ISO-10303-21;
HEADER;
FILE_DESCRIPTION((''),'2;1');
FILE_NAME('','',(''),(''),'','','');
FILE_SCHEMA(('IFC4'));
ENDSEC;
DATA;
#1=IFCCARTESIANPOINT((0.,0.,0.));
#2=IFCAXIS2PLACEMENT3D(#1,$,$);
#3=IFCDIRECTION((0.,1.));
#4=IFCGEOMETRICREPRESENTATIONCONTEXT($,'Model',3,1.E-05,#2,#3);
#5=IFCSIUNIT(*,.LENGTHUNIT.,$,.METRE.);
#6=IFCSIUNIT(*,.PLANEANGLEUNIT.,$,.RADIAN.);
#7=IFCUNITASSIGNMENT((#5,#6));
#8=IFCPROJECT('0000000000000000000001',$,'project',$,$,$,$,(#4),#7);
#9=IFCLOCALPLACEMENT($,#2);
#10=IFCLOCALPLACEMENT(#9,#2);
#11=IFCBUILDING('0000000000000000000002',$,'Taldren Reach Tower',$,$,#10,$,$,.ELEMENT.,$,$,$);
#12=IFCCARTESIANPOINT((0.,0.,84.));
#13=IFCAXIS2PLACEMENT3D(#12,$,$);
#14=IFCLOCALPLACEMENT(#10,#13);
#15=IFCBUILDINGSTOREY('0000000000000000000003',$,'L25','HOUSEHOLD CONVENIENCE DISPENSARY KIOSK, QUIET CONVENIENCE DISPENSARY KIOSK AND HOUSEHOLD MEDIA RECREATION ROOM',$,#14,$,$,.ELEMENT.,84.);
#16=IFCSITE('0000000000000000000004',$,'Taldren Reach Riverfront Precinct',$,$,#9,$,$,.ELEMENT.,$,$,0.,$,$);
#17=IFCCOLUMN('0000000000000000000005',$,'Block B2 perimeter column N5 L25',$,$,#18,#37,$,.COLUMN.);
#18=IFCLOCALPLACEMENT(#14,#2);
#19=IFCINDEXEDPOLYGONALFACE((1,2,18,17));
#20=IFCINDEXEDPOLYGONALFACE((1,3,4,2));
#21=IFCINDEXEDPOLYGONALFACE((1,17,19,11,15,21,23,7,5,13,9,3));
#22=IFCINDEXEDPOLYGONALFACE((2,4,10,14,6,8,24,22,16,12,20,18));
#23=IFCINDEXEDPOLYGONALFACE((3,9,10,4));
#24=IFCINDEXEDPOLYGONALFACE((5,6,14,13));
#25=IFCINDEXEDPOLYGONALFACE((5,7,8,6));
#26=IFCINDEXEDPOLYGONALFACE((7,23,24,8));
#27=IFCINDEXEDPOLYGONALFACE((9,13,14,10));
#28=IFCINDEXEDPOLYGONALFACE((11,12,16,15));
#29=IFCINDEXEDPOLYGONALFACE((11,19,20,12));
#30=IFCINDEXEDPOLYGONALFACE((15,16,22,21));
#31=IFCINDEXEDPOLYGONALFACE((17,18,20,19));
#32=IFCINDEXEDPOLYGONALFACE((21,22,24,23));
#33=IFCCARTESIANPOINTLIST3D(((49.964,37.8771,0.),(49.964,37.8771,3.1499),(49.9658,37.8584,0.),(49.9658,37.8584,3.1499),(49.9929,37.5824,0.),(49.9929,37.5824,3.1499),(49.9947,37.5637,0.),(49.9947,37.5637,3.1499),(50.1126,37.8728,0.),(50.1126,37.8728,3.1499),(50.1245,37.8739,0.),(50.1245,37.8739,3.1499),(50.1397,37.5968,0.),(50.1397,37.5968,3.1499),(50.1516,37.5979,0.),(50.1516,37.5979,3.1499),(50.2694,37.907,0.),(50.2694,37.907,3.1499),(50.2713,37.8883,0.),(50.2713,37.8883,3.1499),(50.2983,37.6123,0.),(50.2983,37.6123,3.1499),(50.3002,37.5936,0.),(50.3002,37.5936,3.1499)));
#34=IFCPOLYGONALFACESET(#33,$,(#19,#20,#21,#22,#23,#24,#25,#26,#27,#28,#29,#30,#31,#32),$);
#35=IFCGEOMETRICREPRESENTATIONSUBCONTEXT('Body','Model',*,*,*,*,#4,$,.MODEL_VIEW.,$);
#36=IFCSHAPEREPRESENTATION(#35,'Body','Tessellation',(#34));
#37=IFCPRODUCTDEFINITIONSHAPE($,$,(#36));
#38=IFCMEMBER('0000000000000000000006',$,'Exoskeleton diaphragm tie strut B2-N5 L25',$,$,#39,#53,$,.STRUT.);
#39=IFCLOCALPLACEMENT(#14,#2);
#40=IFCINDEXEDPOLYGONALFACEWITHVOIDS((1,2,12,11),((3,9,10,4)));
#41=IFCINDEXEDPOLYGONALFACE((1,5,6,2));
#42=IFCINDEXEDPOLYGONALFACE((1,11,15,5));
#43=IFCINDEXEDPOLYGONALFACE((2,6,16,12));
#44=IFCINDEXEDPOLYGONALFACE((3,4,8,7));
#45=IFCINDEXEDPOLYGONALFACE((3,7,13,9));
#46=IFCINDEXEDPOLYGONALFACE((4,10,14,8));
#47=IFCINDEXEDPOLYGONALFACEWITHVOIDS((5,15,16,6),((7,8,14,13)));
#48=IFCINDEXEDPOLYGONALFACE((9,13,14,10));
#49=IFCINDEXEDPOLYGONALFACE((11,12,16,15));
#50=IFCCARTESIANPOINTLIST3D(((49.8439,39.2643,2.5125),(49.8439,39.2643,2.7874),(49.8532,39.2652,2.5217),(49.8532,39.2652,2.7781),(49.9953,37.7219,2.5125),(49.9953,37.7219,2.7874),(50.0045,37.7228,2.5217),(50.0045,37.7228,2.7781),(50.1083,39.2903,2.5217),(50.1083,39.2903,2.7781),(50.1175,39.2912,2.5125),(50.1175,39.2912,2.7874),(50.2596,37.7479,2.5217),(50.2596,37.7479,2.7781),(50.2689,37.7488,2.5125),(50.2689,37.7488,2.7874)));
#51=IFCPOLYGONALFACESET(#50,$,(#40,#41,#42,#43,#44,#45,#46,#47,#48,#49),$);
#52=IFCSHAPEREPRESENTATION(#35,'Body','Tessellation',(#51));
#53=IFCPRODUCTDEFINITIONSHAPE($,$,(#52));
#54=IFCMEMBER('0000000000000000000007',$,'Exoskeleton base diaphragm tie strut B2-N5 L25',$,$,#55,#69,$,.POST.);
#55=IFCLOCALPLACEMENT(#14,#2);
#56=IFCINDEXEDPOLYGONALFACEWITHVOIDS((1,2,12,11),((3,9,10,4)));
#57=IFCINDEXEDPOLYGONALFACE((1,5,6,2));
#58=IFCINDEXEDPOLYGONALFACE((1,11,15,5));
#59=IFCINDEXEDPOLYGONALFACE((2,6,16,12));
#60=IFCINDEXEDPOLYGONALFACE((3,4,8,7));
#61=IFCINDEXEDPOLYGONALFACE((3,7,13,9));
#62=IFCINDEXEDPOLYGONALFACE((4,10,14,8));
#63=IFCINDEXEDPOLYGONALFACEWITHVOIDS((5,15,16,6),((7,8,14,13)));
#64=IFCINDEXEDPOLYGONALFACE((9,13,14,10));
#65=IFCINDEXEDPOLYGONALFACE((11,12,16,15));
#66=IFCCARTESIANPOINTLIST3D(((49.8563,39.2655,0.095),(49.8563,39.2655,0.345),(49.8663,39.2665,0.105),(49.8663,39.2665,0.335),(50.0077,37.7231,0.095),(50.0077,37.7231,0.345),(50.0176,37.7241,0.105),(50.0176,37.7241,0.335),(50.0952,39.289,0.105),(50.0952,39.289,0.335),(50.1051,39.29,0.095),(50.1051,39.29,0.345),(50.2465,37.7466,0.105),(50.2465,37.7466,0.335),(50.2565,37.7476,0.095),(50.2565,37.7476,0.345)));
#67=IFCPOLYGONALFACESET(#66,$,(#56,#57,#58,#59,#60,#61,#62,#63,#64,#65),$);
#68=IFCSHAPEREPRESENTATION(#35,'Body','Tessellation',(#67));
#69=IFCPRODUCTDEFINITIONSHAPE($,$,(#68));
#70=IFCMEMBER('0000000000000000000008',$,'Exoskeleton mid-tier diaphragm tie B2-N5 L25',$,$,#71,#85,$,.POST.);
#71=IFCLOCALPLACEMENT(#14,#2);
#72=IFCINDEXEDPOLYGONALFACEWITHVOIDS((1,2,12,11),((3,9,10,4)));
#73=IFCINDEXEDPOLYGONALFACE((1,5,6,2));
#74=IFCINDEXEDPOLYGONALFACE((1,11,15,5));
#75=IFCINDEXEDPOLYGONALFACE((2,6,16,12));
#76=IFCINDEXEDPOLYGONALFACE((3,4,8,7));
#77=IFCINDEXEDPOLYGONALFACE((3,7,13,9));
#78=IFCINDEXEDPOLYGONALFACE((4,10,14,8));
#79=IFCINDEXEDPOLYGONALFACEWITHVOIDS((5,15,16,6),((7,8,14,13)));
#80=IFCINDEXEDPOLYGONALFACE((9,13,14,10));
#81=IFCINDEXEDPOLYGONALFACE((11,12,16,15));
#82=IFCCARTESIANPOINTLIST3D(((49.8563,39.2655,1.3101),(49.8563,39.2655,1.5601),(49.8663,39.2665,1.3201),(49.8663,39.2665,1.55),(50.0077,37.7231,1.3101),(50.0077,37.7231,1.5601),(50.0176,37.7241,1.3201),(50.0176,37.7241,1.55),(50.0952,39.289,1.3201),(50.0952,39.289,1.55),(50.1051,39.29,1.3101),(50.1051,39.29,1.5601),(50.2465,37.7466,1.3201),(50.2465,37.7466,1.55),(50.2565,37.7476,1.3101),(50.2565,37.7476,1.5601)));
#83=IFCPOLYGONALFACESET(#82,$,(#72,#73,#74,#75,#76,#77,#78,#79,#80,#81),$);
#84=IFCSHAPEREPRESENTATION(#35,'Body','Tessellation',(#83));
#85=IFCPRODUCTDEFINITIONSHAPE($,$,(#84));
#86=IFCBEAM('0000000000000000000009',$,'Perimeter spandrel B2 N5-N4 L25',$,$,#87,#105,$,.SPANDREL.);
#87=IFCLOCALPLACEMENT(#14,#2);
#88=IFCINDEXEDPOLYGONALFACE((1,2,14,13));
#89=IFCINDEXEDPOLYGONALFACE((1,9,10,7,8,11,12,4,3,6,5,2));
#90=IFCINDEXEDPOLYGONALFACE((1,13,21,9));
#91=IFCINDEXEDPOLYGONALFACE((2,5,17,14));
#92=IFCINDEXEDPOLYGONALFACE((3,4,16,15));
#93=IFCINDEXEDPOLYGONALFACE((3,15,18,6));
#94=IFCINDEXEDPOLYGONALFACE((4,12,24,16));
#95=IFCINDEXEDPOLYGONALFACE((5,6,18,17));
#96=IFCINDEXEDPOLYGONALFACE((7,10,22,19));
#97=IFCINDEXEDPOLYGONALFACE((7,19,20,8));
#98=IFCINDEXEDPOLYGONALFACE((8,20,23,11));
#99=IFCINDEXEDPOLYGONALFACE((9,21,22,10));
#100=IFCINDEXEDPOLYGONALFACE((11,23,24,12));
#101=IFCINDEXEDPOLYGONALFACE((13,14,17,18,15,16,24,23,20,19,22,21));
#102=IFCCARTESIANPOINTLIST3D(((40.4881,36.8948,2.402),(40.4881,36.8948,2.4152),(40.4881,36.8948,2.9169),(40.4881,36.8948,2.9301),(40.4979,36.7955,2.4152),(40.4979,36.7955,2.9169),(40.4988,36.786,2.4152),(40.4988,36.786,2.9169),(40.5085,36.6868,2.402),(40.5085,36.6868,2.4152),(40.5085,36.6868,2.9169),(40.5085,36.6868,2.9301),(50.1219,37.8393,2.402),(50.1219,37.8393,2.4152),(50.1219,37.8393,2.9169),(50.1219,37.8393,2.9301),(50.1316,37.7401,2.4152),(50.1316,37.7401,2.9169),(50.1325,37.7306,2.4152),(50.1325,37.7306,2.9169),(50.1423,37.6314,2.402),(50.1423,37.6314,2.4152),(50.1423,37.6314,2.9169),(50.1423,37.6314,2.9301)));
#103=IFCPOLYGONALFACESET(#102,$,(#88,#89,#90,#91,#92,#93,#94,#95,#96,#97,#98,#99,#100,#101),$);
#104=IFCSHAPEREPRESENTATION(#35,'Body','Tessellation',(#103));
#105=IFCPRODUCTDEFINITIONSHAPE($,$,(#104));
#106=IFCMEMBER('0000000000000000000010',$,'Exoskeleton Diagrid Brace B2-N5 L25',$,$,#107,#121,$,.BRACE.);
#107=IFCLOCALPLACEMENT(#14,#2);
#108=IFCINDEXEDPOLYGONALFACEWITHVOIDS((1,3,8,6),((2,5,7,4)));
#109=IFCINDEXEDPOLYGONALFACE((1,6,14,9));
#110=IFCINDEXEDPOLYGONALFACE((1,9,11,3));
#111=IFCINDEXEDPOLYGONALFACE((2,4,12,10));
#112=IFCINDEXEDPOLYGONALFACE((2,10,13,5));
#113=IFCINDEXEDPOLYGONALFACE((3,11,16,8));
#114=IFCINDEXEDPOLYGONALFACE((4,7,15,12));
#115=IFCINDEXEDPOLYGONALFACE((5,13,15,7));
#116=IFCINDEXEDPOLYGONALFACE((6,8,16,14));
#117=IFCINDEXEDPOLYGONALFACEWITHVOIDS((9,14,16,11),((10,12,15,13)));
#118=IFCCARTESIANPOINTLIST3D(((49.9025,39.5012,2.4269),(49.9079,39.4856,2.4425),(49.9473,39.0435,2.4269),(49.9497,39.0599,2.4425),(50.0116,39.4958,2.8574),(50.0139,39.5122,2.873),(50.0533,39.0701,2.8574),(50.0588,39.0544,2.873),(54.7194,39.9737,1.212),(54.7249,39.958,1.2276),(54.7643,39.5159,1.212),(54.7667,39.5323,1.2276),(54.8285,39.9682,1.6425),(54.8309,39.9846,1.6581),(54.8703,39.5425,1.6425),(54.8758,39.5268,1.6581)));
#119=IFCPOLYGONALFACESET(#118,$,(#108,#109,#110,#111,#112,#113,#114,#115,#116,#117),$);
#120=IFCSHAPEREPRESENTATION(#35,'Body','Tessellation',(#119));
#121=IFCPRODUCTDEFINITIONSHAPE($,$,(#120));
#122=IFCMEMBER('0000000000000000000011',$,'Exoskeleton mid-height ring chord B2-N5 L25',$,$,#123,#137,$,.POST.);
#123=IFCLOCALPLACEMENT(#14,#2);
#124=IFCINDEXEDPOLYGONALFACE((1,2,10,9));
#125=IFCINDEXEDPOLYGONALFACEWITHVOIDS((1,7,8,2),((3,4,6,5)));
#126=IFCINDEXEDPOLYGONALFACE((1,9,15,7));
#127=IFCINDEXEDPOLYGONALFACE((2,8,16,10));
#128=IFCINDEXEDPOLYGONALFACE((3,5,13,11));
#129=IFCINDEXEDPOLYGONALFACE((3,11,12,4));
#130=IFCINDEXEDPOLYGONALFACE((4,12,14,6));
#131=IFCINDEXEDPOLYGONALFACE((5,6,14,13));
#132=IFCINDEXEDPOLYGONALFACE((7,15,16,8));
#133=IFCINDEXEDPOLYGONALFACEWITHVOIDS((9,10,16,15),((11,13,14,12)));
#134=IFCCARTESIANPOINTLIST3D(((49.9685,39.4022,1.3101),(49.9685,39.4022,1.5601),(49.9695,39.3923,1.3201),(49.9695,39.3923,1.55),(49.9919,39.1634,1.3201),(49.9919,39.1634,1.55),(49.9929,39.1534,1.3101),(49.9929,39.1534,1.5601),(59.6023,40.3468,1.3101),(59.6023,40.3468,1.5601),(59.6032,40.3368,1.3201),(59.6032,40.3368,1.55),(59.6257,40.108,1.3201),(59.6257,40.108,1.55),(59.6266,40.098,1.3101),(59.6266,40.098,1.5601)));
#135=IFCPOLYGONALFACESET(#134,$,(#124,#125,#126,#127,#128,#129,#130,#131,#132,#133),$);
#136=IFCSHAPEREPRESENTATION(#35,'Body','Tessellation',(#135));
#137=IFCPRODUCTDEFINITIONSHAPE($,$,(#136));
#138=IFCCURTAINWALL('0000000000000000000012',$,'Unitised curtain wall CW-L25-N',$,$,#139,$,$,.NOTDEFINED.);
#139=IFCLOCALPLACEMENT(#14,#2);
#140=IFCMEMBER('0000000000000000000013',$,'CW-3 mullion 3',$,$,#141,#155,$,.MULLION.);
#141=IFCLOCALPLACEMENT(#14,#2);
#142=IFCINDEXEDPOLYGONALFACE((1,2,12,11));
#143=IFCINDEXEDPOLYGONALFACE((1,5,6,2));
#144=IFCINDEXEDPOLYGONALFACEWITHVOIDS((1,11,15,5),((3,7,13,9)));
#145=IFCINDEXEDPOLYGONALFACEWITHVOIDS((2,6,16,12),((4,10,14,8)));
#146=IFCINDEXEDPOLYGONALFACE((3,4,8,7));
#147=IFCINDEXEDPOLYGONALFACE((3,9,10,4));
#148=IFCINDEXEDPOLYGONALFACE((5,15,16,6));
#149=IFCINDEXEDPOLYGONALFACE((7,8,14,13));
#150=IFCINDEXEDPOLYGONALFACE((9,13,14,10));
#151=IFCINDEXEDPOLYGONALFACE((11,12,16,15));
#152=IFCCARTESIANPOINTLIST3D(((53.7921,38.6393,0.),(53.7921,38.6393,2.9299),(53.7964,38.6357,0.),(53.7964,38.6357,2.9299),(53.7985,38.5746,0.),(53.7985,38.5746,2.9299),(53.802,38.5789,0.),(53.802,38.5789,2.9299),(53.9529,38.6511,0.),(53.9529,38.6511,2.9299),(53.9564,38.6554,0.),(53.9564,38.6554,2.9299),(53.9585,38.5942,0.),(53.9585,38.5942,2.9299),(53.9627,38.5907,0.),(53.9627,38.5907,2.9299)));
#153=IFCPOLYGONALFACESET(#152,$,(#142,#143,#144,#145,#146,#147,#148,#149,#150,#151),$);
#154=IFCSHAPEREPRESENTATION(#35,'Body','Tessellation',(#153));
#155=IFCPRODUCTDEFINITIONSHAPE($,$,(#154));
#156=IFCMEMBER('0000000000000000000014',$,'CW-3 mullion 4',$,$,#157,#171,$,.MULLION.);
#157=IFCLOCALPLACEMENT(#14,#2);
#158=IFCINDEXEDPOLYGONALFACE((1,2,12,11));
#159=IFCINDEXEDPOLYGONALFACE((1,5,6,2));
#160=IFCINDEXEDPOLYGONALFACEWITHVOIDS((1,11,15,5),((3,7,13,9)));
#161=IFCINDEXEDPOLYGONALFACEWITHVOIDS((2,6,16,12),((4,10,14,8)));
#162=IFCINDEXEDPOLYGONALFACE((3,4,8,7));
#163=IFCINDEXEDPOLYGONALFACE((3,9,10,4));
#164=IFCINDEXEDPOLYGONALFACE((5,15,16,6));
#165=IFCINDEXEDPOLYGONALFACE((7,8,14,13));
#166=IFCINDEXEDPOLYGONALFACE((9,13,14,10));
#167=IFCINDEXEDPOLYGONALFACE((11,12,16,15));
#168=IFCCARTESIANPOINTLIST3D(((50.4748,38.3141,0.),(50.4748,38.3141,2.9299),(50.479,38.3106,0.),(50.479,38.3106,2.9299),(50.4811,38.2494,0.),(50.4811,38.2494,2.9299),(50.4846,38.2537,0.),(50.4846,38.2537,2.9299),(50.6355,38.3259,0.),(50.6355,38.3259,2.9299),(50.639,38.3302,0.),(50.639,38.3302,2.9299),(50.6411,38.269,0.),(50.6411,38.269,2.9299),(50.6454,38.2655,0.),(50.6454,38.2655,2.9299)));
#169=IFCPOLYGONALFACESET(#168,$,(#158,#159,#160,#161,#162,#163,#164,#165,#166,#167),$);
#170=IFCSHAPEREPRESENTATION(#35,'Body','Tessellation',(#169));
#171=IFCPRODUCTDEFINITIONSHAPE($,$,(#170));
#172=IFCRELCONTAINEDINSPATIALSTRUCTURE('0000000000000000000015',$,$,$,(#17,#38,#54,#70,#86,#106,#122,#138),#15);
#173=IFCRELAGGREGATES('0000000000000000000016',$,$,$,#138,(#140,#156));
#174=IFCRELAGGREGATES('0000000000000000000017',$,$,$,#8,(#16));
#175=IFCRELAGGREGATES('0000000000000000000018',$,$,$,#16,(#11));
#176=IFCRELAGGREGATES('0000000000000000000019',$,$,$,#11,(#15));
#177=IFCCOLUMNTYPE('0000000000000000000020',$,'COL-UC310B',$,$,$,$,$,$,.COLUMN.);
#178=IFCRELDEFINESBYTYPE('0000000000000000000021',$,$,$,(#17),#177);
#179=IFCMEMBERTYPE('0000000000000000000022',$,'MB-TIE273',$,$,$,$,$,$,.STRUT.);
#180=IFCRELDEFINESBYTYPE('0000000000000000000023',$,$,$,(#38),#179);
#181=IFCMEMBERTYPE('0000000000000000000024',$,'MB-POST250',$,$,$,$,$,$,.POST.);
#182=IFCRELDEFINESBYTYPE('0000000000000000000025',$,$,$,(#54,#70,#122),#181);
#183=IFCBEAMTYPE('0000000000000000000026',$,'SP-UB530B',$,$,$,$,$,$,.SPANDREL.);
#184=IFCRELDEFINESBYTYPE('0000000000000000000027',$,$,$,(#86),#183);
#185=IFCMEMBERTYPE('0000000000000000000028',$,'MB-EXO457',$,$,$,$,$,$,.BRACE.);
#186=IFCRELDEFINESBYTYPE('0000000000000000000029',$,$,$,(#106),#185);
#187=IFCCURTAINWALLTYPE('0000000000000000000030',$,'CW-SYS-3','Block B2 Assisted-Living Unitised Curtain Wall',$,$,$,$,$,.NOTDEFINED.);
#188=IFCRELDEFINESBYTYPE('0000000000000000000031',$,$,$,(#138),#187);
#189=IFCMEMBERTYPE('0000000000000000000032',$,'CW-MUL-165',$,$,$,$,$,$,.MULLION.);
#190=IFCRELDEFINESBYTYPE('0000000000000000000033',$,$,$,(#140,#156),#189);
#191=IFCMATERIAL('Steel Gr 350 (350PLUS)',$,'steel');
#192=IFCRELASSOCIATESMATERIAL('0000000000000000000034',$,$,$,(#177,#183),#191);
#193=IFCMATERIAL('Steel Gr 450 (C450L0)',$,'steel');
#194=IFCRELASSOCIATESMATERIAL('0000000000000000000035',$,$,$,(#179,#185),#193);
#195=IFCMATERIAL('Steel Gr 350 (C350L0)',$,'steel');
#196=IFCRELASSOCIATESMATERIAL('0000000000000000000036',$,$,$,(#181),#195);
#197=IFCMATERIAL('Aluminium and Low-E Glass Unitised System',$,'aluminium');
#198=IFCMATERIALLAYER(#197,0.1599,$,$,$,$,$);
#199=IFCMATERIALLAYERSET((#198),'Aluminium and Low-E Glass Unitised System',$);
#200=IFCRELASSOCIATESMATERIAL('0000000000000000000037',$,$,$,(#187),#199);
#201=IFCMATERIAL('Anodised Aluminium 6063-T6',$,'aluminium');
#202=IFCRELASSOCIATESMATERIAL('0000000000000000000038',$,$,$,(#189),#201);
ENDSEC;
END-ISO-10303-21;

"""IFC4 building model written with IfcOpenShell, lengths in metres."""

from ifc_helpers import new_model, si_unit, direction, frame, origin, origin_2d, place, context, subcontext, project, spatial, hollow_rectangle, i_section, extrude, source, transform, mapped, material, layer, layer_set, material_profile, profile_set, type_object, element, aggregate, save


model = new_model("IFC4")

# Units and contexts
model_context = context("Model", 3, precision=1e-05, world=origin(), true_north=direction((0.0, 1.0)))
body_context = subcontext(model_context, "Body", "Model", "MODEL_VIEW")
ifc_project = project(units=[si_unit("LENGTHUNIT", "METRE"), si_unit("PLANEANGLEUNIT", "RADIAN")], contexts=[model_context])

# Site, building, storey
site_placement = place(None, origin())
site = spatial("IfcSite", under=ifc_project, at=site_placement, Name="Taldren Reach Riverfront Precinct", CompositionType="ELEMENT", RefElevation=0.0)
building_placement = place(site_placement, origin())
building = spatial("IfcBuilding", under=site, at=building_placement, Name="Taldren Reach Tower", CompositionType="ELEMENT")
storey_placement = place(building_placement, frame((0.0, 0.0, 84.0)))
storey = spatial("IfcBuildingStorey", under=building, at=storey_placement, Name="L25", Description="HOUSEHOLD CONVENIENCE DISPENSARY KIOSK, QUIET CONVENIENCE DISPENSARY KIOSK AND HOUSEHOLD MEDIA RECREATION ROOM", CompositionType="ELEMENT", Elevation=84.0)

# Column
ifc_material_1 = material(Name="Steel Gr 350 (350PLUS)", Category="steel")
ifc_material_profile_1 = material_profile(ifc_material_1, i_section(OverallWidth=0.3069, OverallDepth=0.3149, WebThickness=0.012, FlangeThickness=0.0188, at=origin_2d()), Name="310UC118")
ifc_profile_set_1 = profile_set([ifc_material_profile_1], Name="Steel Gr 350 (350PLUS)")
column_type = type_object("IfcColumnType", Name="COL-UC310B", PredefinedType="COLUMN", material=ifc_profile_set_1)
shared_shape_1 = source(origin(), body_context, "Body", "SweptSolid", [
    extrude(i_section(OverallWidth=0.3069, OverallDepth=0.3149, WebThickness=0.012, FlangeThickness=0.0188, at=origin_2d()), origin(), (0.0, 0.0, 1.0), 3.1499),
])
column_placement = place(storey_placement, frame((50.1321, 37.7354, 0.0), z_axis=(0.0, 0.0, 1.0), x_axis=(0.995227, 0.097583, 0.0)))
element("IfcColumn", 1, at=column_placement, inside=storey, type_object=column_type, Name="Block B2 perimeter column N5 L25", PredefinedType="COLUMN", context=body_context, shape_type="MappedRepresentation", body=[
    mapped(shared_shape_1, transform((0.0, 0.0, 0.0), scale=1.0)),
])

# Members
ifc_material_2 = material(Name="Steel Gr 450 (C450L0)", Category="steel")
ifc_material_profile_2 = material_profile(ifc_material_2, hollow_rectangle(XDim=0.2749, YDim=0.2749, WallThickness=0.0093, at=origin_2d()), Name="275x275x9.3SHS")
ifc_profile_set_2 = profile_set([ifc_material_profile_2], Name="Steel Gr 450 (C450L0)")
member_type_1 = type_object("IfcMemberType", Name="MB-TIE273", PredefinedType="STRUT", material=ifc_profile_set_2)
shared_shape_2 = source(origin(), body_context, "Body", "SweptSolid", [
    extrude(hollow_rectangle(XDim=0.2749, YDim=0.2749, WallThickness=0.0093, at=origin_2d()), origin(), (0.0, 0.0, 1.0), 1.5498),
])
member_1_placement = place(storey_placement, frame((50.1321, 37.7354, 2.6499), z_axis=(-0.097663, 0.99522, 0.0), x_axis=(-0.99522, -0.097663, 0.0)))
element("IfcMember", 2, at=member_1_placement, inside=storey, type_object=member_type_1, Name="Exoskeleton diaphragm tie strut B2-N5 L25", PredefinedType="STRUT", context=body_context, shape_type="MappedRepresentation", body=[
    mapped(shared_shape_2, transform((0.0, 0.0, 0.0), scale=1.0)),
])
ifc_material_3 = material(Name="Steel Gr 350 (C350L0)", Category="steel")
ifc_material_profile_3 = material_profile(ifc_material_3, hollow_rectangle(XDim=0.25, YDim=0.25, WallThickness=0.01, at=origin_2d()), Name="250x250x10.0SHS")
ifc_profile_set_3 = profile_set([ifc_material_profile_3], Name="Steel Gr 350 (C350L0)")
member_type_2 = type_object("IfcMemberType", Name="MB-POST250", PredefinedType="POST", material=ifc_profile_set_3)
shared_shape_3 = source(origin(), body_context, "Body", "SweptSolid", [
    extrude(hollow_rectangle(XDim=0.25, YDim=0.25, WallThickness=0.01, at=origin_2d()), origin(), (0.0, 0.0, 1.0), 1.5498),
])
for number, where, z_axis, x_axis, name in (
    (3, (50.1321, 37.7354, 0.22), (-0.097663, 0.99522, 0.0), (-0.99522, -0.097663, 0.0), "Exoskeleton base diaphragm tie strut B2-N5 L25"),
    (4, (50.1321, 37.7354, 1.4351), (-0.097663, 0.99522, 0.0), (-0.99522, -0.097663, 0.0), "Exoskeleton mid-tier diaphragm tie B2-N5 L25"),
):
    element("IfcMember", number, at=place(storey_placement, frame(where, z_axis=z_axis, x_axis=x_axis)), inside=storey, type_object=member_type_2, Name=name, PredefinedType="POST", context=body_context, shape_type="MappedRepresentation", body=[
        mapped(shared_shape_3, transform((0.0, 0.0, 0.0), scale=1.0)),
    ])

# Beam
ifc_material_profile_4 = material_profile(ifc_material_1, i_section(OverallWidth=0.209, OverallDepth=0.5281, WebThickness=0.0095, FlangeThickness=0.0132, at=origin_2d()), Name="530UB82.0")
ifc_profile_set_4 = profile_set([ifc_material_profile_4], Name="Steel Gr 350 (350PLUS)")
beam_type = type_object("IfcBeamType", Name="SP-UB530B", PredefinedType="SPANDREL", material=ifc_profile_set_4)
shared_shape_4 = source(origin(), body_context, "Body", "SweptSolid", [
    extrude(i_section(OverallWidth=0.209, OverallDepth=0.5281, WebThickness=0.0095, FlangeThickness=0.0132, at=origin_2d()), origin(), (0.0, 0.0, 1.0), 9.6799),
])
beam_placement = place(storey_placement, frame((50.1321, 37.7354, 2.666), z_axis=(-0.995228, -0.097581, 0.0), x_axis=(0.097581, -0.995228, 0.0)))
element("IfcBeam", 5, at=beam_placement, inside=storey, type_object=beam_type, Name="Perimeter spandrel B2 N5-N4 L25", PredefinedType="SPANDREL", context=body_context, shape_type="MappedRepresentation", body=[
    mapped(shared_shape_4, transform((0.0, 0.0, 0.0), scale=1.0)),
])

# Members
ifc_material_profile_5 = material_profile(ifc_material_2, hollow_rectangle(XDim=0.46, YDim=0.46, WallThickness=0.0161, at=origin_2d()), Name="460x460x16.0SHS")
ifc_profile_set_5 = profile_set([ifc_material_profile_5], Name="Steel Gr 450 (C450L0)")
member_type_3 = type_object("IfcMemberType", Name="MB-EXO457", PredefinedType="BRACE", material=ifc_profile_set_5)
shared_shape_5 = source(origin(), body_context, "Body", "SweptSolid", [
    extrude(hollow_rectangle(XDim=0.46, YDim=0.46, WallThickness=0.0161, at=origin_2d()), origin(), (0.0, 0.0, 1.0), 4.9902),
])
member_2_placement = place(storey_placement, frame((54.7976, 39.7502, 1.4351), z_axis=(-0.965283, -0.094669, 0.243449), x_axis=(0.097606, -0.995225, 0.0)))
element("IfcMember", 6, at=member_2_placement, inside=storey, type_object=member_type_3, Name="Exoskeleton Diagrid Brace B2-N5 L25", PredefinedType="BRACE", context=body_context, shape_type="MappedRepresentation", body=[
    mapped(shared_shape_5, transform((0.0, 0.0, 0.0), scale=1.0)),
])
shared_shape_6 = source(origin(), body_context, "Body", "SweptSolid", [
    extrude(hollow_rectangle(XDim=0.25, YDim=0.25, WallThickness=0.01, at=origin_2d()), origin(), (0.0, 0.0, 1.0), 9.6799),
])
member_3_placement = place(storey_placement, frame((49.9807, 39.2778, 1.4351), z_axis=(0.995228, 0.097581, 0.0), x_axis=(-0.097581, 0.995228, 0.0)))
element("IfcMember", 7, at=member_3_placement, inside=storey, type_object=member_type_2, Name="Exoskeleton mid-height ring chord B2-N5 L25", PredefinedType="POST", context=body_context, shape_type="MappedRepresentation", body=[
    mapped(shared_shape_6, transform((0.0, 0.0, 0.0), scale=1.0)),
])

# Curtain wall, members
ifc_material_4 = material(Name="Aluminium and Low-E Glass Unitised System", Category="aluminium")
ifc_layer_1 = layer(ifc_material_4, 0.1599)
ifc_layer_set_1 = layer_set([ifc_layer_1], Name="Aluminium and Low-E Glass Unitised System")
curtain_wall_type = type_object("IfcCurtainWallType", Name="CW-SYS-3", Description="Block B2 Assisted-Living Unitised Curtain Wall", PredefinedType="NOTDEFINED", material=ifc_layer_set_1)
curtain_wall_placement = place(storey_placement, origin())
curtain_wall = element("IfcCurtainWall", 8, at=curtain_wall_placement, inside=storey, type_object=curtain_wall_type, Name="Unitised curtain wall CW-L25-N", PredefinedType="NOTDEFINED")
ifc_material_5 = material(Name="Anodised Aluminium 6063-T6", Category="aluminium")
ifc_material_profile_6 = material_profile(ifc_material_5, hollow_rectangle(XDim=0.0649, YDim=0.165, WallThickness=0.0039, at=origin_2d()), Name="ALU-165x65x4RHS")
ifc_profile_set_6 = profile_set([ifc_material_profile_6], Name="Anodised Aluminium 6063-T6")
member_type_4 = type_object("IfcMemberType", Name="CW-MUL-165", PredefinedType="MULLION", material=ifc_profile_set_6)
shared_shape_7 = source(origin(), body_context, "Body", "SweptSolid", [
    extrude(hollow_rectangle(XDim=0.0649, YDim=0.165, WallThickness=0.0039, at=origin_2d()), origin(), (0.0, 0.0, 1.0), 2.9299),
])
member_4_placement = place(storey_placement, frame((53.8774, 38.615, 0.0), z_axis=(0.0, 0.0, 1.0), x_axis=(0.097583, -0.995227, 0.0)))
member_4 = element("IfcMember", 9, at=member_4_placement, type_object=member_type_4, Name="CW-3 mullion 3", PredefinedType="MULLION", context=body_context, shape_type="MappedRepresentation", body=[
    mapped(shared_shape_7, transform((0.0, 0.0, 0.0), scale=1.0)),
])
member_5_placement = place(storey_placement, frame((50.5601, 38.2898, 0.0), z_axis=(0.0, 0.0, 1.0), x_axis=(0.097583, -0.995227, 0.0)))
member_5 = element("IfcMember", 10, at=member_5_placement, type_object=member_type_4, Name="CW-3 mullion 4", PredefinedType="MULLION", context=body_context, shape_type="MappedRepresentation", body=[
    mapped(shared_shape_7, transform((0.0, 0.0, 0.0), scale=1.0)),
])

aggregate(curtain_wall, [member_4, member_5])

save(model, "model.ifc")
